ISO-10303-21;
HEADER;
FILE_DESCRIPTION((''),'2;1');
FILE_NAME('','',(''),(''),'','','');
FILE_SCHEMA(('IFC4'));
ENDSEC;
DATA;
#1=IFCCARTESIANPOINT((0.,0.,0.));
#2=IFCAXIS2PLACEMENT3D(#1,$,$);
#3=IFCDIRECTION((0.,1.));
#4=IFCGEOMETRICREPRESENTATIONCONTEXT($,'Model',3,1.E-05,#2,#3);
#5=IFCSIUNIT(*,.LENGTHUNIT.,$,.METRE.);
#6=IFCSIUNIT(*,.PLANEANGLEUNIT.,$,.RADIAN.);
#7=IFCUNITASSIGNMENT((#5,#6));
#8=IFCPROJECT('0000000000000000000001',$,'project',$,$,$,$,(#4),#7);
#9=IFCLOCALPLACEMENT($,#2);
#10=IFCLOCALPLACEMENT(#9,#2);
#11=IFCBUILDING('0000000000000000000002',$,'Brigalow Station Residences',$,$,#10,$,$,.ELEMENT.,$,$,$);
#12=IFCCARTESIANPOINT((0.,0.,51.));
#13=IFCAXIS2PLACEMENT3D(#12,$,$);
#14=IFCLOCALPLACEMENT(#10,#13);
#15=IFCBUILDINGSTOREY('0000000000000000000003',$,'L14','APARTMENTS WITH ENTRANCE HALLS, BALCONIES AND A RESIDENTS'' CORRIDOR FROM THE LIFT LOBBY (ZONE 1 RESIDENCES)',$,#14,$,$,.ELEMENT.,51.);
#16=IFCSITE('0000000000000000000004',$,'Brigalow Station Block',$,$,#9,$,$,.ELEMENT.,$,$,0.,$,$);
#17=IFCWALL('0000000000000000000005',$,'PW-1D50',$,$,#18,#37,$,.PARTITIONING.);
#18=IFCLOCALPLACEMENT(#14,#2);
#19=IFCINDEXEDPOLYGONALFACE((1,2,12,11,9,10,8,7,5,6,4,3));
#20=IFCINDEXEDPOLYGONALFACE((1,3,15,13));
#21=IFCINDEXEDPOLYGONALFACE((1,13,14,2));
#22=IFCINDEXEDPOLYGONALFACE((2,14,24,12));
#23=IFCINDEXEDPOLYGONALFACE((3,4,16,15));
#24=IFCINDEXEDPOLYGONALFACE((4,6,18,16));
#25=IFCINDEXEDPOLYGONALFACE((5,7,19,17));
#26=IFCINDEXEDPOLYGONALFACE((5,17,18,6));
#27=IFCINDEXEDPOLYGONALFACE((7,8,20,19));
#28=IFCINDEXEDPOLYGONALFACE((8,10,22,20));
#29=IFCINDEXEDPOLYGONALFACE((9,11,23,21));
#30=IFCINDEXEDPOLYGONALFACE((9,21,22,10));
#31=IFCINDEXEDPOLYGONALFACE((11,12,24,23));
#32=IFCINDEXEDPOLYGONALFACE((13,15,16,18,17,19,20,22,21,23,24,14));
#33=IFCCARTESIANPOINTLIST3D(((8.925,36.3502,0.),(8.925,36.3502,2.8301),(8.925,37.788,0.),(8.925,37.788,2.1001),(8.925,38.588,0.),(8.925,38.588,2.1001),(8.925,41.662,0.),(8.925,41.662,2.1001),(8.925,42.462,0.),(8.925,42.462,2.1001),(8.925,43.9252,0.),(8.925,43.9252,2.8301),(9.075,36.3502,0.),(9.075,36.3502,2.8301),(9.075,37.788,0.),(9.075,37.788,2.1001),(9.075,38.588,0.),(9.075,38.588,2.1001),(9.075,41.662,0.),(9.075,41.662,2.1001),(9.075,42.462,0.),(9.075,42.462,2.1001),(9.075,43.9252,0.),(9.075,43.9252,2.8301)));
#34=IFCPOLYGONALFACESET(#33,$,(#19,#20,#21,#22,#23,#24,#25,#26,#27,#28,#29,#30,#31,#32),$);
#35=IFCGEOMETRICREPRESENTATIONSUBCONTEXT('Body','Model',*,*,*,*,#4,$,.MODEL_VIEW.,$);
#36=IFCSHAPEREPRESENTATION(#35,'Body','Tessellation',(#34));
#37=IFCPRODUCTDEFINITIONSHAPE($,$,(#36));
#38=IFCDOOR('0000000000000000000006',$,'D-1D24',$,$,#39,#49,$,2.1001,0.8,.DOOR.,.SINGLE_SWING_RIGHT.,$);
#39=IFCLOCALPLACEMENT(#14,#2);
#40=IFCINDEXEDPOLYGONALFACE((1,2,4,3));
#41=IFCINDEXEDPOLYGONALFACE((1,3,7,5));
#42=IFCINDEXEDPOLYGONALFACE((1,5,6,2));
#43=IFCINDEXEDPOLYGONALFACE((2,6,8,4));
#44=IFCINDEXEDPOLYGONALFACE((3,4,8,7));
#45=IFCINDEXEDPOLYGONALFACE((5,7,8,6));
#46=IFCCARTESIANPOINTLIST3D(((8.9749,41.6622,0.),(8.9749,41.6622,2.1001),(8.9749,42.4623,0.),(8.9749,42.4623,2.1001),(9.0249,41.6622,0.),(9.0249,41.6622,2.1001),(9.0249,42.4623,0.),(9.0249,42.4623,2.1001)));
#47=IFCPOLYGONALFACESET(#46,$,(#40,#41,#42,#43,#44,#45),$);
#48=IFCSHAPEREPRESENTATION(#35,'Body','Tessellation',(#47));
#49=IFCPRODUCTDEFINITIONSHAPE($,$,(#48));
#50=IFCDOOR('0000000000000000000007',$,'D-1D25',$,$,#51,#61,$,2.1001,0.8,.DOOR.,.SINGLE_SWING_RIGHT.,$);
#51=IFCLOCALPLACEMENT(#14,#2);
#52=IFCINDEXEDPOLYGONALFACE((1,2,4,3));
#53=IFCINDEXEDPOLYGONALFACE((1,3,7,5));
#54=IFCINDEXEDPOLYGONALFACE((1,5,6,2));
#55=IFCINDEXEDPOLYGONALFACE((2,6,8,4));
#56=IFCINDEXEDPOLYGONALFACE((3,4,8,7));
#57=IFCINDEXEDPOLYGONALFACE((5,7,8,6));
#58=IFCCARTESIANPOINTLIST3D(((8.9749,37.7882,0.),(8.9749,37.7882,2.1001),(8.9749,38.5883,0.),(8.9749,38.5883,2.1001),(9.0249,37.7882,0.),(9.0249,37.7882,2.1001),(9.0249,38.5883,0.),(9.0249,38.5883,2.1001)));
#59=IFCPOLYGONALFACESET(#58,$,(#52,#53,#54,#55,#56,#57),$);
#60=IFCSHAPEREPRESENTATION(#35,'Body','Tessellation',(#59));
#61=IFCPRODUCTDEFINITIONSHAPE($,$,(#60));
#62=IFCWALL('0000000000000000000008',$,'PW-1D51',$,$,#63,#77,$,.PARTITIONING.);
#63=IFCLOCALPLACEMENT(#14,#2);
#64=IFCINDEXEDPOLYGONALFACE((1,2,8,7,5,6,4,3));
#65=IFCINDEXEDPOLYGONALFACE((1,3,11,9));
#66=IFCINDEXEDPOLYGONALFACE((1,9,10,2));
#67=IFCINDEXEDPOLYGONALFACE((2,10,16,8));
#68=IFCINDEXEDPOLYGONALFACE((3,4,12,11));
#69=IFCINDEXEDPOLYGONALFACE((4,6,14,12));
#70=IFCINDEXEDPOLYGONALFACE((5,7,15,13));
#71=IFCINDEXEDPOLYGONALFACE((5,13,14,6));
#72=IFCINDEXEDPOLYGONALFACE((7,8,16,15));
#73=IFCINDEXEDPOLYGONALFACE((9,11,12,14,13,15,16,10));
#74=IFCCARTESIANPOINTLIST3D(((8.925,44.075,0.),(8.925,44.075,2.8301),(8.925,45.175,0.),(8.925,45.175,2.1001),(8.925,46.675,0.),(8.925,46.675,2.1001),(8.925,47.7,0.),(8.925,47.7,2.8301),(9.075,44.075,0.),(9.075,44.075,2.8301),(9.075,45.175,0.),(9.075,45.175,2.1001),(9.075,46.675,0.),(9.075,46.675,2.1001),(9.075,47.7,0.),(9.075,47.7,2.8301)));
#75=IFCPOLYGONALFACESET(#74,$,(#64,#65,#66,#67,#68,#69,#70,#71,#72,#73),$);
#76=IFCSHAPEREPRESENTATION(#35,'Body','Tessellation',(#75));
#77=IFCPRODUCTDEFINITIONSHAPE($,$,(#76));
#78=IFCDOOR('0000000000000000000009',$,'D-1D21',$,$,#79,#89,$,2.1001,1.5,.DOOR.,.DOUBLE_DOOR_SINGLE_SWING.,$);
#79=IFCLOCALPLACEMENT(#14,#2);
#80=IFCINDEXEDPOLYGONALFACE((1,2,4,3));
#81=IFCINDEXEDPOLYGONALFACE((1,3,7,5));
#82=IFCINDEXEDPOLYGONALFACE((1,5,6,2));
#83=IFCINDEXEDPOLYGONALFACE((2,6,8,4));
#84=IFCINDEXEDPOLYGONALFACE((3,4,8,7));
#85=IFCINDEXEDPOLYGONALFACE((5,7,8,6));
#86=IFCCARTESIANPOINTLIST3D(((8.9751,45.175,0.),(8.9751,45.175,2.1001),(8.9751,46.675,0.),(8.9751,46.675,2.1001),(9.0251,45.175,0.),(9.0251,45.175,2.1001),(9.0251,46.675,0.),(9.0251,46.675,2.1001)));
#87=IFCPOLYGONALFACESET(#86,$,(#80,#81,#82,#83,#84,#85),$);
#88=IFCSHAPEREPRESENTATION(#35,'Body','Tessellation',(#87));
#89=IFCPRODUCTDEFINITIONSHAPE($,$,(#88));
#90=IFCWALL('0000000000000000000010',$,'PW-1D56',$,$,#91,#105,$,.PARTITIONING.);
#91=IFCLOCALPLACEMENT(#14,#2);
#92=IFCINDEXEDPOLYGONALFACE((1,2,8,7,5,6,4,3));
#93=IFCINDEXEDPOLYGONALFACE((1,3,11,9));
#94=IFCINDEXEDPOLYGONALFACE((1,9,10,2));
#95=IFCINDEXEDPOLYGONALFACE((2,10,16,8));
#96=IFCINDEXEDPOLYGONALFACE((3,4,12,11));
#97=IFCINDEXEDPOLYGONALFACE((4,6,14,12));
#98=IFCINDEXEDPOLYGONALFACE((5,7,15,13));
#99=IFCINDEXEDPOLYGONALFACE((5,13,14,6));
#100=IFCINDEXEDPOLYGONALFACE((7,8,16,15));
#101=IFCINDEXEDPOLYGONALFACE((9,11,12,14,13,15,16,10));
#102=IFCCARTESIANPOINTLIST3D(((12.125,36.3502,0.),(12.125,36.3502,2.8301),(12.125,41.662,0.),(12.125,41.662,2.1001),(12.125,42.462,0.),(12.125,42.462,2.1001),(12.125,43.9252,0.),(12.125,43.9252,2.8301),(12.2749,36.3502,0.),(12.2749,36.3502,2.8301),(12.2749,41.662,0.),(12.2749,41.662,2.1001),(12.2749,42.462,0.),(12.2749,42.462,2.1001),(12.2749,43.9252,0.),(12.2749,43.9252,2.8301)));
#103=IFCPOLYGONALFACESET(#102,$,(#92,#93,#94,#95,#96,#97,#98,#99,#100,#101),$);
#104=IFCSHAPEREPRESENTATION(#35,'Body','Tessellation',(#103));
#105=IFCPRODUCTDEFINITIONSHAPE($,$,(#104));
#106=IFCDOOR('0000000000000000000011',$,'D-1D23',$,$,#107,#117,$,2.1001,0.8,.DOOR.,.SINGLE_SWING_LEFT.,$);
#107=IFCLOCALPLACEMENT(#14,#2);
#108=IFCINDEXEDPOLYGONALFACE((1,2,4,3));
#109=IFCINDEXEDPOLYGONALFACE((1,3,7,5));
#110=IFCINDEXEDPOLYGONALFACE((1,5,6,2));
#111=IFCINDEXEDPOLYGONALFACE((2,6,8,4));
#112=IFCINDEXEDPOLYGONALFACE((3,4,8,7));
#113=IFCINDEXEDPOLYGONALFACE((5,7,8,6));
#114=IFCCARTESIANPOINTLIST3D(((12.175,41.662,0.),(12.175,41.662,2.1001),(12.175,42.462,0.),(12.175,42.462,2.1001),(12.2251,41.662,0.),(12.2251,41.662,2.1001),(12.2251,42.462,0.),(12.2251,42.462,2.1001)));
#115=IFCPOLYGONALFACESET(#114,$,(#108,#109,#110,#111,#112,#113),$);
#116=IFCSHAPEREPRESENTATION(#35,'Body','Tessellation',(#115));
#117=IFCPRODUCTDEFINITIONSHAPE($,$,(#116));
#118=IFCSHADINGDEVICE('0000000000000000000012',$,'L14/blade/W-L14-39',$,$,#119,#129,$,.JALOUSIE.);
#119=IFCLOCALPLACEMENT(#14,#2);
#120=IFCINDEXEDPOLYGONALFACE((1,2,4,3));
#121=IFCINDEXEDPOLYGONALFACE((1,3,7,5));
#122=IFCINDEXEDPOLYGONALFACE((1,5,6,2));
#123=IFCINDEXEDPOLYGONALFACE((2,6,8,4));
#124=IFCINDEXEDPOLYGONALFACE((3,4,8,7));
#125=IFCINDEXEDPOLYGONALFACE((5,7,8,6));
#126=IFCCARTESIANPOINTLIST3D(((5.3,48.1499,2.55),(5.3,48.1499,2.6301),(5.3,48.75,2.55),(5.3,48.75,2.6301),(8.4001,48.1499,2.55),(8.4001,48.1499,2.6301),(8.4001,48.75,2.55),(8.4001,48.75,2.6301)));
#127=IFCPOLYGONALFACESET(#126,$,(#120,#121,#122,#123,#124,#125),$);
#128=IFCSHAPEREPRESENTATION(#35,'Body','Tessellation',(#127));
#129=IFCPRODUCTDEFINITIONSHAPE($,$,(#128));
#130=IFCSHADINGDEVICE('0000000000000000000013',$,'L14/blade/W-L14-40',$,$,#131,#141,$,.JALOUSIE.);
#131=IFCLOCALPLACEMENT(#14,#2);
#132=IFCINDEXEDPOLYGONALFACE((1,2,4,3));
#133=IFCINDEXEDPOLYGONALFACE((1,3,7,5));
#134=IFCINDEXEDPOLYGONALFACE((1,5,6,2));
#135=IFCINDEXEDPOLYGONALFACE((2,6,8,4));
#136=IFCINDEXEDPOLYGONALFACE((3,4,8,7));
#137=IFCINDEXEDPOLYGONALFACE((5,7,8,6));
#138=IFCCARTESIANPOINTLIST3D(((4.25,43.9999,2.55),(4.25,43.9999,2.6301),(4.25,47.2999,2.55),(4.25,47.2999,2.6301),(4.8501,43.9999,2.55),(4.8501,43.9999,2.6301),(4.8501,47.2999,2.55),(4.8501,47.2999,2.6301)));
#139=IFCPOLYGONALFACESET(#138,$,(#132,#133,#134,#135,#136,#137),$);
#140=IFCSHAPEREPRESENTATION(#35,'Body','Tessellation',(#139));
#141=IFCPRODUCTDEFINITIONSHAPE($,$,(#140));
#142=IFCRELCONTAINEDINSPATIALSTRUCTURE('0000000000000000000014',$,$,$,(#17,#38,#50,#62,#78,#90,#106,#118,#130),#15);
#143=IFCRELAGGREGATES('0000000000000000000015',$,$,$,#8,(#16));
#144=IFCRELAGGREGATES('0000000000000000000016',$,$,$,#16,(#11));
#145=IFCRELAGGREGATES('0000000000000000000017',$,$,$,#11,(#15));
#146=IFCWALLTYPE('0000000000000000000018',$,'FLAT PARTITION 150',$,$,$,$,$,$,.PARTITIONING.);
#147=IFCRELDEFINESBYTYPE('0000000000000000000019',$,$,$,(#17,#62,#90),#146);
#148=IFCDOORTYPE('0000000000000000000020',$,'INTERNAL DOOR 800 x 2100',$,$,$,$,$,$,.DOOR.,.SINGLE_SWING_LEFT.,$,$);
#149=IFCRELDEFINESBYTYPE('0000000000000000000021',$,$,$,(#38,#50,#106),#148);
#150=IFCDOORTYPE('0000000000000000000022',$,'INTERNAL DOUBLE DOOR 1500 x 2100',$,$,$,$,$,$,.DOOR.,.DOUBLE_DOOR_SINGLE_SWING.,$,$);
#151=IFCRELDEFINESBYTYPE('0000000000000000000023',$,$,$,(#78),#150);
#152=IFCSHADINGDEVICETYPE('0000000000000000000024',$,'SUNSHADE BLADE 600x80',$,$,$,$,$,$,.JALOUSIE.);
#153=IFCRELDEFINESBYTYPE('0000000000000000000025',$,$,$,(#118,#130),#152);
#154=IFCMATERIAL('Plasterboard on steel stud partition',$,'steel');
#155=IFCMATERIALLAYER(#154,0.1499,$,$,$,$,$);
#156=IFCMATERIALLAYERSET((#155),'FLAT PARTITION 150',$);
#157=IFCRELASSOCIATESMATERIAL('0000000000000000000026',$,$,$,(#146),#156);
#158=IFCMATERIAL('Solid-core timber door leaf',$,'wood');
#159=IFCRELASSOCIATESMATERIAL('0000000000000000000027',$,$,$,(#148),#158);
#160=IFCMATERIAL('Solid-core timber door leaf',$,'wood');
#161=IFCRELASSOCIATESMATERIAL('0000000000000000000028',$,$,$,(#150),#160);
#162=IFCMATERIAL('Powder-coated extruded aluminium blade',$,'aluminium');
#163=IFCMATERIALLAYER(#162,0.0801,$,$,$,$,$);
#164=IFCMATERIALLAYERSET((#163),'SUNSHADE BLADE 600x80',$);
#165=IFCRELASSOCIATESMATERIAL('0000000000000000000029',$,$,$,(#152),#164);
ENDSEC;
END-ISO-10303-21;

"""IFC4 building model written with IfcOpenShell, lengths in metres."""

from ifc_helpers import new_model, si_unit, direction, frame, frame_2d, origin, origin_2d, place, context, subcontext, project, spatial, rectangle, extrude, material, layer, layer_set, type_object, element, fill, save


model = new_model("IFC4")

# Units and contexts
model_context = context("Model", 3, precision=1e-05, world=origin(), true_north=direction((0.0, 1.0)))
body_context = subcontext(model_context, "Body", "Model", "MODEL_VIEW")
ifc_project = project(units=[si_unit("LENGTHUNIT", "METRE"), si_unit("PLANEANGLEUNIT", "RADIAN")], contexts=[model_context])

# Site, building, storey
site_placement = place(None, origin())
site = spatial("IfcSite", under=ifc_project, at=site_placement, Name="Brigalow Station Block", CompositionType="ELEMENT", RefElevation=0.0)
building_placement = place(site_placement, origin())
building = spatial("IfcBuilding", under=site, at=building_placement, Name="Brigalow Station Residences", CompositionType="ELEMENT")
storey_placement = place(building_placement, frame((0.0, 0.0, 51.0)))
storey = spatial("IfcBuildingStorey", under=building, at=storey_placement, Name="L14", Description="APARTMENTS WITH ENTRANCE HALLS, BALCONIES AND A RESIDENTS' CORRIDOR FROM THE LIFT LOBBY (ZONE 1 RESIDENCES)", CompositionType="ELEMENT", Elevation=51.0)

# Shared definitions
ifc_material_1 = material(Name="Plasterboard on steel stud partition", Category="steel")
ifc_layer_1 = layer(ifc_material_1, 0.1499)
ifc_layer_set_1 = layer_set([ifc_layer_1], Name="FLAT PARTITION 150")
wall_type_1 = type_object("IfcWallType", Name="FLAT PARTITION 150", PredefinedType="PARTITIONING", material=ifc_layer_set_1)

# Shared definitions
ifc_material_2 = material(Name="Solid-core timber door leaf", Category="wood")
door_type_1 = type_object("IfcDoorType", Name="INTERNAL DOOR 800 x 2100", OperationType="SINGLE_SWING_LEFT", PredefinedType="DOOR", material=ifc_material_2)

# Wall, openings, doors
wall_1_placement = place(storey_placement, frame((9.0, 36.3501, 0.0), z_axis=(0.0, 0.0, 1.0), x_axis=(0.0, 1.0, 0.0)))
wall_1 = element("IfcWall", 1, at=wall_1_placement, inside=storey, type_object=wall_type_1, Name="PW-1D50", PredefinedType="PARTITIONING", context=body_context, shape_type="SweptSolid", body=[
    extrude(rectangle(XDim=7.575, YDim=0.1499, at=frame_2d((3.7876, 0.0))), origin(), (0.0, 0.0, 1.0), 2.8301),
])
opening_1_placement = place(wall_1_placement, frame((5.312, 0.0, 0.0)))
opening_1 = element("IfcOpeningElement", 2, at=opening_1_placement, cuts=wall_1, PredefinedType="OPENING", context=body_context, shape_type="SweptSolid", body=[
    extrude(rectangle(XDim=0.8, YDim=2.1001, at=frame_2d((0.3999, 1.05))), frame((0.0, 0.085, 0.0), z_axis=(0.0, -1.0, 0.0), x_axis=(1.0, 0.0, 0.0)), (0.0, 0.0, 1.0), 0.1699),
])
opening_2_placement = place(wall_1_placement, frame((1.438, 0.0, 0.0)))
opening_2 = element("IfcOpeningElement", 3, at=opening_2_placement, cuts=wall_1, PredefinedType="OPENING", context=body_context, shape_type="SweptSolid", body=[
    extrude(rectangle(XDim=0.8, YDim=2.1001, at=frame_2d((0.3999, 1.05))), frame((0.0, 0.085, 0.0), z_axis=(0.0, -1.0, 0.0), x_axis=(1.0, 0.0, 0.0)), (0.0, 0.0, 1.0), 0.1699),
])
door_1_placement = place(opening_1_placement, frame((0.8, 0.0, 0.0), z_axis=(0.0, 0.0, 1.0), x_axis=(-1.0, 0.0, 0.0)))
door_1 = element("IfcDoor", 4, at=door_1_placement, inside=storey, type_object=door_type_1, Name="D-1D24", OperationType="SINGLE_SWING_RIGHT", OverallHeight=2.1001, OverallWidth=0.8, PredefinedType="DOOR", context=body_context, shape_type="SweptSolid", body=[
    extrude(rectangle(XDim=0.8, YDim=2.1001, at=frame_2d((0.3999, 1.05))), frame((0.0, 0.0249, 0.0), z_axis=(0.0, -1.0, 0.0), x_axis=(1.0, 0.0, 0.0)), (0.0, 0.0, 1.0), 0.05),
])
fill(opening_1, door_1)
door_2_placement = place(opening_2_placement, frame((0.8, 0.0, 0.0), z_axis=(0.0, 0.0, 1.0), x_axis=(-1.0, 0.0, 0.0)))
door_2 = element("IfcDoor", 5, at=door_2_placement, inside=storey, type_object=door_type_1, Name="D-1D25", OperationType="SINGLE_SWING_RIGHT", OverallHeight=2.1001, OverallWidth=0.8, PredefinedType="DOOR", context=body_context, shape_type="SweptSolid", body=[
    extrude(rectangle(XDim=0.8, YDim=2.1001, at=frame_2d((0.3999, 1.05))), frame((0.0, 0.0249, 0.0), z_axis=(0.0, -1.0, 0.0), x_axis=(1.0, 0.0, 0.0)), (0.0, 0.0, 1.0), 0.05),
])
fill(opening_2, door_2)

# Walls, openings, doors
wall_2_placement = place(storey_placement, frame((9.0, 44.075, 0.0), z_axis=(0.0, 0.0, 1.0), x_axis=(0.0, 1.0, 0.0)))
wall_2 = element("IfcWall", 6, at=wall_2_placement, inside=storey, type_object=wall_type_1, Name="PW-1D51", PredefinedType="PARTITIONING", context=body_context, shape_type="SweptSolid", body=[
    extrude(rectangle(XDim=3.625, YDim=0.1499, at=frame_2d((1.8125, 0.0))), origin(), (0.0, 0.0, 1.0), 2.8301),
])
opening_3_placement = place(wall_2_placement, frame((1.1001, 0.0, 0.0)))
opening_3 = element("IfcOpeningElement", 7, at=opening_3_placement, cuts=wall_2, PredefinedType="OPENING", context=body_context, shape_type="SweptSolid", body=[
    extrude(rectangle(XDim=1.5, YDim=2.1001, at=frame_2d((0.75, 1.05))), frame((0.0, 0.085, 0.0), z_axis=(0.0, -1.0, 0.0), x_axis=(1.0, 0.0, 0.0)), (0.0, 0.0, 1.0), 0.1699),
])
ifc_material_3 = material(Name="Solid-core timber door leaf", Category="wood")
door_type_2 = type_object("IfcDoorType", Name="INTERNAL DOUBLE DOOR 1500 x 2100", OperationType="DOUBLE_DOOR_SINGLE_SWING", PredefinedType="DOOR", material=ifc_material_3)
door_3_placement = place(opening_3_placement, origin())
door_3 = element("IfcDoor", 8, at=door_3_placement, inside=storey, type_object=door_type_2, Name="D-1D21", OperationType="DOUBLE_DOOR_SINGLE_SWING", OverallHeight=2.1001, OverallWidth=1.5, PredefinedType="DOOR", context=body_context, shape_type="SweptSolid", body=[
    extrude(rectangle(XDim=1.5, YDim=2.1001, at=frame_2d((0.75, 1.05))), frame((0.0, 0.0249, 0.0), z_axis=(0.0, -1.0, 0.0), x_axis=(1.0, 0.0, 0.0)), (0.0, 0.0, 1.0), 0.05),
])
fill(opening_3, door_3)
wall_3_placement = place(storey_placement, frame((12.2, 36.3501, 0.0), z_axis=(0.0, 0.0, 1.0), x_axis=(0.0, 1.0, 0.0)))
wall_3 = element("IfcWall", 9, at=wall_3_placement, inside=storey, type_object=wall_type_1, Name="PW-1D56", PredefinedType="PARTITIONING", context=body_context, shape_type="SweptSolid", body=[
    extrude(rectangle(XDim=7.575, YDim=0.1499, at=frame_2d((3.7876, 0.0))), origin(), (0.0, 0.0, 1.0), 2.8301),
])
opening_4_placement = place(wall_3_placement, frame((5.312, 0.0, 0.0)))
opening_4 = element("IfcOpeningElement", 10, at=opening_4_placement, cuts=wall_3, PredefinedType="OPENING", context=body_context, shape_type="SweptSolid", body=[
    extrude(rectangle(XDim=0.8, YDim=2.1001, at=frame_2d((0.3999, 1.05))), frame((0.0, 0.085, 0.0), z_axis=(0.0, -1.0, 0.0), x_axis=(1.0, 0.0, 0.0)), (0.0, 0.0, 1.0), 0.1699),
])
door_4_placement = place(opening_4_placement, origin())
door_4 = element("IfcDoor", 11, at=door_4_placement, inside=storey, type_object=door_type_1, Name="D-1D23", OperationType="SINGLE_SWING_LEFT", OverallHeight=2.1001, OverallWidth=0.8, PredefinedType="DOOR", context=body_context, shape_type="SweptSolid", body=[
    extrude(rectangle(XDim=0.8, YDim=2.1001, at=frame_2d((0.3999, 1.05))), frame((0.0, 0.0249, 0.0), z_axis=(0.0, -1.0, 0.0), x_axis=(1.0, 0.0, 0.0)), (0.0, 0.0, 1.0), 0.05),
])
fill(opening_4, door_4)

# Shading devices
ifc_material_4 = material(Name="Powder-coated extruded aluminium blade", Category="aluminium")
ifc_layer_2 = layer(ifc_material_4, 0.0801)
ifc_layer_set_2 = layer_set([ifc_layer_2], Name="SUNSHADE BLADE 600x80")
shading_device_type = type_object("IfcShadingDeviceType", Name="SUNSHADE BLADE 600x80", PredefinedType="JALOUSIE", material=ifc_layer_set_2)
shading_device_1_placement = place(storey_placement, frame((6.8501, 48.45, 2.55), z_axis=(0.0, 0.0, 1.0), x_axis=(-1.0, 0.0, 0.0)))
element("IfcShadingDevice", 12, at=shading_device_1_placement, inside=storey, type_object=shading_device_type, Name="L14/blade/W-L14-39", PredefinedType="JALOUSIE", context=body_context, shape_type="SweptSolid", body=[
    extrude(rectangle(XDim=3.1001, YDim=0.6001, at=origin_2d()), origin(), (0.0, 0.0, 1.0), 0.0801),
])
shading_device_2_placement = place(storey_placement, frame((4.55, 45.6499, 2.55), z_axis=(0.0, 0.0, 1.0), x_axis=(0.0, -1.0, 0.0)))
element("IfcShadingDevice", 13, at=shading_device_2_placement, inside=storey, type_object=shading_device_type, Name="L14/blade/W-L14-40", PredefinedType="JALOUSIE", context=body_context, shape_type="SweptSolid", body=[
    extrude(rectangle(XDim=3.3, YDim=0.6001, at=origin_2d()), origin(), (0.0, 0.0, 1.0), 0.0801),
])

save(model, "model.ifc")
